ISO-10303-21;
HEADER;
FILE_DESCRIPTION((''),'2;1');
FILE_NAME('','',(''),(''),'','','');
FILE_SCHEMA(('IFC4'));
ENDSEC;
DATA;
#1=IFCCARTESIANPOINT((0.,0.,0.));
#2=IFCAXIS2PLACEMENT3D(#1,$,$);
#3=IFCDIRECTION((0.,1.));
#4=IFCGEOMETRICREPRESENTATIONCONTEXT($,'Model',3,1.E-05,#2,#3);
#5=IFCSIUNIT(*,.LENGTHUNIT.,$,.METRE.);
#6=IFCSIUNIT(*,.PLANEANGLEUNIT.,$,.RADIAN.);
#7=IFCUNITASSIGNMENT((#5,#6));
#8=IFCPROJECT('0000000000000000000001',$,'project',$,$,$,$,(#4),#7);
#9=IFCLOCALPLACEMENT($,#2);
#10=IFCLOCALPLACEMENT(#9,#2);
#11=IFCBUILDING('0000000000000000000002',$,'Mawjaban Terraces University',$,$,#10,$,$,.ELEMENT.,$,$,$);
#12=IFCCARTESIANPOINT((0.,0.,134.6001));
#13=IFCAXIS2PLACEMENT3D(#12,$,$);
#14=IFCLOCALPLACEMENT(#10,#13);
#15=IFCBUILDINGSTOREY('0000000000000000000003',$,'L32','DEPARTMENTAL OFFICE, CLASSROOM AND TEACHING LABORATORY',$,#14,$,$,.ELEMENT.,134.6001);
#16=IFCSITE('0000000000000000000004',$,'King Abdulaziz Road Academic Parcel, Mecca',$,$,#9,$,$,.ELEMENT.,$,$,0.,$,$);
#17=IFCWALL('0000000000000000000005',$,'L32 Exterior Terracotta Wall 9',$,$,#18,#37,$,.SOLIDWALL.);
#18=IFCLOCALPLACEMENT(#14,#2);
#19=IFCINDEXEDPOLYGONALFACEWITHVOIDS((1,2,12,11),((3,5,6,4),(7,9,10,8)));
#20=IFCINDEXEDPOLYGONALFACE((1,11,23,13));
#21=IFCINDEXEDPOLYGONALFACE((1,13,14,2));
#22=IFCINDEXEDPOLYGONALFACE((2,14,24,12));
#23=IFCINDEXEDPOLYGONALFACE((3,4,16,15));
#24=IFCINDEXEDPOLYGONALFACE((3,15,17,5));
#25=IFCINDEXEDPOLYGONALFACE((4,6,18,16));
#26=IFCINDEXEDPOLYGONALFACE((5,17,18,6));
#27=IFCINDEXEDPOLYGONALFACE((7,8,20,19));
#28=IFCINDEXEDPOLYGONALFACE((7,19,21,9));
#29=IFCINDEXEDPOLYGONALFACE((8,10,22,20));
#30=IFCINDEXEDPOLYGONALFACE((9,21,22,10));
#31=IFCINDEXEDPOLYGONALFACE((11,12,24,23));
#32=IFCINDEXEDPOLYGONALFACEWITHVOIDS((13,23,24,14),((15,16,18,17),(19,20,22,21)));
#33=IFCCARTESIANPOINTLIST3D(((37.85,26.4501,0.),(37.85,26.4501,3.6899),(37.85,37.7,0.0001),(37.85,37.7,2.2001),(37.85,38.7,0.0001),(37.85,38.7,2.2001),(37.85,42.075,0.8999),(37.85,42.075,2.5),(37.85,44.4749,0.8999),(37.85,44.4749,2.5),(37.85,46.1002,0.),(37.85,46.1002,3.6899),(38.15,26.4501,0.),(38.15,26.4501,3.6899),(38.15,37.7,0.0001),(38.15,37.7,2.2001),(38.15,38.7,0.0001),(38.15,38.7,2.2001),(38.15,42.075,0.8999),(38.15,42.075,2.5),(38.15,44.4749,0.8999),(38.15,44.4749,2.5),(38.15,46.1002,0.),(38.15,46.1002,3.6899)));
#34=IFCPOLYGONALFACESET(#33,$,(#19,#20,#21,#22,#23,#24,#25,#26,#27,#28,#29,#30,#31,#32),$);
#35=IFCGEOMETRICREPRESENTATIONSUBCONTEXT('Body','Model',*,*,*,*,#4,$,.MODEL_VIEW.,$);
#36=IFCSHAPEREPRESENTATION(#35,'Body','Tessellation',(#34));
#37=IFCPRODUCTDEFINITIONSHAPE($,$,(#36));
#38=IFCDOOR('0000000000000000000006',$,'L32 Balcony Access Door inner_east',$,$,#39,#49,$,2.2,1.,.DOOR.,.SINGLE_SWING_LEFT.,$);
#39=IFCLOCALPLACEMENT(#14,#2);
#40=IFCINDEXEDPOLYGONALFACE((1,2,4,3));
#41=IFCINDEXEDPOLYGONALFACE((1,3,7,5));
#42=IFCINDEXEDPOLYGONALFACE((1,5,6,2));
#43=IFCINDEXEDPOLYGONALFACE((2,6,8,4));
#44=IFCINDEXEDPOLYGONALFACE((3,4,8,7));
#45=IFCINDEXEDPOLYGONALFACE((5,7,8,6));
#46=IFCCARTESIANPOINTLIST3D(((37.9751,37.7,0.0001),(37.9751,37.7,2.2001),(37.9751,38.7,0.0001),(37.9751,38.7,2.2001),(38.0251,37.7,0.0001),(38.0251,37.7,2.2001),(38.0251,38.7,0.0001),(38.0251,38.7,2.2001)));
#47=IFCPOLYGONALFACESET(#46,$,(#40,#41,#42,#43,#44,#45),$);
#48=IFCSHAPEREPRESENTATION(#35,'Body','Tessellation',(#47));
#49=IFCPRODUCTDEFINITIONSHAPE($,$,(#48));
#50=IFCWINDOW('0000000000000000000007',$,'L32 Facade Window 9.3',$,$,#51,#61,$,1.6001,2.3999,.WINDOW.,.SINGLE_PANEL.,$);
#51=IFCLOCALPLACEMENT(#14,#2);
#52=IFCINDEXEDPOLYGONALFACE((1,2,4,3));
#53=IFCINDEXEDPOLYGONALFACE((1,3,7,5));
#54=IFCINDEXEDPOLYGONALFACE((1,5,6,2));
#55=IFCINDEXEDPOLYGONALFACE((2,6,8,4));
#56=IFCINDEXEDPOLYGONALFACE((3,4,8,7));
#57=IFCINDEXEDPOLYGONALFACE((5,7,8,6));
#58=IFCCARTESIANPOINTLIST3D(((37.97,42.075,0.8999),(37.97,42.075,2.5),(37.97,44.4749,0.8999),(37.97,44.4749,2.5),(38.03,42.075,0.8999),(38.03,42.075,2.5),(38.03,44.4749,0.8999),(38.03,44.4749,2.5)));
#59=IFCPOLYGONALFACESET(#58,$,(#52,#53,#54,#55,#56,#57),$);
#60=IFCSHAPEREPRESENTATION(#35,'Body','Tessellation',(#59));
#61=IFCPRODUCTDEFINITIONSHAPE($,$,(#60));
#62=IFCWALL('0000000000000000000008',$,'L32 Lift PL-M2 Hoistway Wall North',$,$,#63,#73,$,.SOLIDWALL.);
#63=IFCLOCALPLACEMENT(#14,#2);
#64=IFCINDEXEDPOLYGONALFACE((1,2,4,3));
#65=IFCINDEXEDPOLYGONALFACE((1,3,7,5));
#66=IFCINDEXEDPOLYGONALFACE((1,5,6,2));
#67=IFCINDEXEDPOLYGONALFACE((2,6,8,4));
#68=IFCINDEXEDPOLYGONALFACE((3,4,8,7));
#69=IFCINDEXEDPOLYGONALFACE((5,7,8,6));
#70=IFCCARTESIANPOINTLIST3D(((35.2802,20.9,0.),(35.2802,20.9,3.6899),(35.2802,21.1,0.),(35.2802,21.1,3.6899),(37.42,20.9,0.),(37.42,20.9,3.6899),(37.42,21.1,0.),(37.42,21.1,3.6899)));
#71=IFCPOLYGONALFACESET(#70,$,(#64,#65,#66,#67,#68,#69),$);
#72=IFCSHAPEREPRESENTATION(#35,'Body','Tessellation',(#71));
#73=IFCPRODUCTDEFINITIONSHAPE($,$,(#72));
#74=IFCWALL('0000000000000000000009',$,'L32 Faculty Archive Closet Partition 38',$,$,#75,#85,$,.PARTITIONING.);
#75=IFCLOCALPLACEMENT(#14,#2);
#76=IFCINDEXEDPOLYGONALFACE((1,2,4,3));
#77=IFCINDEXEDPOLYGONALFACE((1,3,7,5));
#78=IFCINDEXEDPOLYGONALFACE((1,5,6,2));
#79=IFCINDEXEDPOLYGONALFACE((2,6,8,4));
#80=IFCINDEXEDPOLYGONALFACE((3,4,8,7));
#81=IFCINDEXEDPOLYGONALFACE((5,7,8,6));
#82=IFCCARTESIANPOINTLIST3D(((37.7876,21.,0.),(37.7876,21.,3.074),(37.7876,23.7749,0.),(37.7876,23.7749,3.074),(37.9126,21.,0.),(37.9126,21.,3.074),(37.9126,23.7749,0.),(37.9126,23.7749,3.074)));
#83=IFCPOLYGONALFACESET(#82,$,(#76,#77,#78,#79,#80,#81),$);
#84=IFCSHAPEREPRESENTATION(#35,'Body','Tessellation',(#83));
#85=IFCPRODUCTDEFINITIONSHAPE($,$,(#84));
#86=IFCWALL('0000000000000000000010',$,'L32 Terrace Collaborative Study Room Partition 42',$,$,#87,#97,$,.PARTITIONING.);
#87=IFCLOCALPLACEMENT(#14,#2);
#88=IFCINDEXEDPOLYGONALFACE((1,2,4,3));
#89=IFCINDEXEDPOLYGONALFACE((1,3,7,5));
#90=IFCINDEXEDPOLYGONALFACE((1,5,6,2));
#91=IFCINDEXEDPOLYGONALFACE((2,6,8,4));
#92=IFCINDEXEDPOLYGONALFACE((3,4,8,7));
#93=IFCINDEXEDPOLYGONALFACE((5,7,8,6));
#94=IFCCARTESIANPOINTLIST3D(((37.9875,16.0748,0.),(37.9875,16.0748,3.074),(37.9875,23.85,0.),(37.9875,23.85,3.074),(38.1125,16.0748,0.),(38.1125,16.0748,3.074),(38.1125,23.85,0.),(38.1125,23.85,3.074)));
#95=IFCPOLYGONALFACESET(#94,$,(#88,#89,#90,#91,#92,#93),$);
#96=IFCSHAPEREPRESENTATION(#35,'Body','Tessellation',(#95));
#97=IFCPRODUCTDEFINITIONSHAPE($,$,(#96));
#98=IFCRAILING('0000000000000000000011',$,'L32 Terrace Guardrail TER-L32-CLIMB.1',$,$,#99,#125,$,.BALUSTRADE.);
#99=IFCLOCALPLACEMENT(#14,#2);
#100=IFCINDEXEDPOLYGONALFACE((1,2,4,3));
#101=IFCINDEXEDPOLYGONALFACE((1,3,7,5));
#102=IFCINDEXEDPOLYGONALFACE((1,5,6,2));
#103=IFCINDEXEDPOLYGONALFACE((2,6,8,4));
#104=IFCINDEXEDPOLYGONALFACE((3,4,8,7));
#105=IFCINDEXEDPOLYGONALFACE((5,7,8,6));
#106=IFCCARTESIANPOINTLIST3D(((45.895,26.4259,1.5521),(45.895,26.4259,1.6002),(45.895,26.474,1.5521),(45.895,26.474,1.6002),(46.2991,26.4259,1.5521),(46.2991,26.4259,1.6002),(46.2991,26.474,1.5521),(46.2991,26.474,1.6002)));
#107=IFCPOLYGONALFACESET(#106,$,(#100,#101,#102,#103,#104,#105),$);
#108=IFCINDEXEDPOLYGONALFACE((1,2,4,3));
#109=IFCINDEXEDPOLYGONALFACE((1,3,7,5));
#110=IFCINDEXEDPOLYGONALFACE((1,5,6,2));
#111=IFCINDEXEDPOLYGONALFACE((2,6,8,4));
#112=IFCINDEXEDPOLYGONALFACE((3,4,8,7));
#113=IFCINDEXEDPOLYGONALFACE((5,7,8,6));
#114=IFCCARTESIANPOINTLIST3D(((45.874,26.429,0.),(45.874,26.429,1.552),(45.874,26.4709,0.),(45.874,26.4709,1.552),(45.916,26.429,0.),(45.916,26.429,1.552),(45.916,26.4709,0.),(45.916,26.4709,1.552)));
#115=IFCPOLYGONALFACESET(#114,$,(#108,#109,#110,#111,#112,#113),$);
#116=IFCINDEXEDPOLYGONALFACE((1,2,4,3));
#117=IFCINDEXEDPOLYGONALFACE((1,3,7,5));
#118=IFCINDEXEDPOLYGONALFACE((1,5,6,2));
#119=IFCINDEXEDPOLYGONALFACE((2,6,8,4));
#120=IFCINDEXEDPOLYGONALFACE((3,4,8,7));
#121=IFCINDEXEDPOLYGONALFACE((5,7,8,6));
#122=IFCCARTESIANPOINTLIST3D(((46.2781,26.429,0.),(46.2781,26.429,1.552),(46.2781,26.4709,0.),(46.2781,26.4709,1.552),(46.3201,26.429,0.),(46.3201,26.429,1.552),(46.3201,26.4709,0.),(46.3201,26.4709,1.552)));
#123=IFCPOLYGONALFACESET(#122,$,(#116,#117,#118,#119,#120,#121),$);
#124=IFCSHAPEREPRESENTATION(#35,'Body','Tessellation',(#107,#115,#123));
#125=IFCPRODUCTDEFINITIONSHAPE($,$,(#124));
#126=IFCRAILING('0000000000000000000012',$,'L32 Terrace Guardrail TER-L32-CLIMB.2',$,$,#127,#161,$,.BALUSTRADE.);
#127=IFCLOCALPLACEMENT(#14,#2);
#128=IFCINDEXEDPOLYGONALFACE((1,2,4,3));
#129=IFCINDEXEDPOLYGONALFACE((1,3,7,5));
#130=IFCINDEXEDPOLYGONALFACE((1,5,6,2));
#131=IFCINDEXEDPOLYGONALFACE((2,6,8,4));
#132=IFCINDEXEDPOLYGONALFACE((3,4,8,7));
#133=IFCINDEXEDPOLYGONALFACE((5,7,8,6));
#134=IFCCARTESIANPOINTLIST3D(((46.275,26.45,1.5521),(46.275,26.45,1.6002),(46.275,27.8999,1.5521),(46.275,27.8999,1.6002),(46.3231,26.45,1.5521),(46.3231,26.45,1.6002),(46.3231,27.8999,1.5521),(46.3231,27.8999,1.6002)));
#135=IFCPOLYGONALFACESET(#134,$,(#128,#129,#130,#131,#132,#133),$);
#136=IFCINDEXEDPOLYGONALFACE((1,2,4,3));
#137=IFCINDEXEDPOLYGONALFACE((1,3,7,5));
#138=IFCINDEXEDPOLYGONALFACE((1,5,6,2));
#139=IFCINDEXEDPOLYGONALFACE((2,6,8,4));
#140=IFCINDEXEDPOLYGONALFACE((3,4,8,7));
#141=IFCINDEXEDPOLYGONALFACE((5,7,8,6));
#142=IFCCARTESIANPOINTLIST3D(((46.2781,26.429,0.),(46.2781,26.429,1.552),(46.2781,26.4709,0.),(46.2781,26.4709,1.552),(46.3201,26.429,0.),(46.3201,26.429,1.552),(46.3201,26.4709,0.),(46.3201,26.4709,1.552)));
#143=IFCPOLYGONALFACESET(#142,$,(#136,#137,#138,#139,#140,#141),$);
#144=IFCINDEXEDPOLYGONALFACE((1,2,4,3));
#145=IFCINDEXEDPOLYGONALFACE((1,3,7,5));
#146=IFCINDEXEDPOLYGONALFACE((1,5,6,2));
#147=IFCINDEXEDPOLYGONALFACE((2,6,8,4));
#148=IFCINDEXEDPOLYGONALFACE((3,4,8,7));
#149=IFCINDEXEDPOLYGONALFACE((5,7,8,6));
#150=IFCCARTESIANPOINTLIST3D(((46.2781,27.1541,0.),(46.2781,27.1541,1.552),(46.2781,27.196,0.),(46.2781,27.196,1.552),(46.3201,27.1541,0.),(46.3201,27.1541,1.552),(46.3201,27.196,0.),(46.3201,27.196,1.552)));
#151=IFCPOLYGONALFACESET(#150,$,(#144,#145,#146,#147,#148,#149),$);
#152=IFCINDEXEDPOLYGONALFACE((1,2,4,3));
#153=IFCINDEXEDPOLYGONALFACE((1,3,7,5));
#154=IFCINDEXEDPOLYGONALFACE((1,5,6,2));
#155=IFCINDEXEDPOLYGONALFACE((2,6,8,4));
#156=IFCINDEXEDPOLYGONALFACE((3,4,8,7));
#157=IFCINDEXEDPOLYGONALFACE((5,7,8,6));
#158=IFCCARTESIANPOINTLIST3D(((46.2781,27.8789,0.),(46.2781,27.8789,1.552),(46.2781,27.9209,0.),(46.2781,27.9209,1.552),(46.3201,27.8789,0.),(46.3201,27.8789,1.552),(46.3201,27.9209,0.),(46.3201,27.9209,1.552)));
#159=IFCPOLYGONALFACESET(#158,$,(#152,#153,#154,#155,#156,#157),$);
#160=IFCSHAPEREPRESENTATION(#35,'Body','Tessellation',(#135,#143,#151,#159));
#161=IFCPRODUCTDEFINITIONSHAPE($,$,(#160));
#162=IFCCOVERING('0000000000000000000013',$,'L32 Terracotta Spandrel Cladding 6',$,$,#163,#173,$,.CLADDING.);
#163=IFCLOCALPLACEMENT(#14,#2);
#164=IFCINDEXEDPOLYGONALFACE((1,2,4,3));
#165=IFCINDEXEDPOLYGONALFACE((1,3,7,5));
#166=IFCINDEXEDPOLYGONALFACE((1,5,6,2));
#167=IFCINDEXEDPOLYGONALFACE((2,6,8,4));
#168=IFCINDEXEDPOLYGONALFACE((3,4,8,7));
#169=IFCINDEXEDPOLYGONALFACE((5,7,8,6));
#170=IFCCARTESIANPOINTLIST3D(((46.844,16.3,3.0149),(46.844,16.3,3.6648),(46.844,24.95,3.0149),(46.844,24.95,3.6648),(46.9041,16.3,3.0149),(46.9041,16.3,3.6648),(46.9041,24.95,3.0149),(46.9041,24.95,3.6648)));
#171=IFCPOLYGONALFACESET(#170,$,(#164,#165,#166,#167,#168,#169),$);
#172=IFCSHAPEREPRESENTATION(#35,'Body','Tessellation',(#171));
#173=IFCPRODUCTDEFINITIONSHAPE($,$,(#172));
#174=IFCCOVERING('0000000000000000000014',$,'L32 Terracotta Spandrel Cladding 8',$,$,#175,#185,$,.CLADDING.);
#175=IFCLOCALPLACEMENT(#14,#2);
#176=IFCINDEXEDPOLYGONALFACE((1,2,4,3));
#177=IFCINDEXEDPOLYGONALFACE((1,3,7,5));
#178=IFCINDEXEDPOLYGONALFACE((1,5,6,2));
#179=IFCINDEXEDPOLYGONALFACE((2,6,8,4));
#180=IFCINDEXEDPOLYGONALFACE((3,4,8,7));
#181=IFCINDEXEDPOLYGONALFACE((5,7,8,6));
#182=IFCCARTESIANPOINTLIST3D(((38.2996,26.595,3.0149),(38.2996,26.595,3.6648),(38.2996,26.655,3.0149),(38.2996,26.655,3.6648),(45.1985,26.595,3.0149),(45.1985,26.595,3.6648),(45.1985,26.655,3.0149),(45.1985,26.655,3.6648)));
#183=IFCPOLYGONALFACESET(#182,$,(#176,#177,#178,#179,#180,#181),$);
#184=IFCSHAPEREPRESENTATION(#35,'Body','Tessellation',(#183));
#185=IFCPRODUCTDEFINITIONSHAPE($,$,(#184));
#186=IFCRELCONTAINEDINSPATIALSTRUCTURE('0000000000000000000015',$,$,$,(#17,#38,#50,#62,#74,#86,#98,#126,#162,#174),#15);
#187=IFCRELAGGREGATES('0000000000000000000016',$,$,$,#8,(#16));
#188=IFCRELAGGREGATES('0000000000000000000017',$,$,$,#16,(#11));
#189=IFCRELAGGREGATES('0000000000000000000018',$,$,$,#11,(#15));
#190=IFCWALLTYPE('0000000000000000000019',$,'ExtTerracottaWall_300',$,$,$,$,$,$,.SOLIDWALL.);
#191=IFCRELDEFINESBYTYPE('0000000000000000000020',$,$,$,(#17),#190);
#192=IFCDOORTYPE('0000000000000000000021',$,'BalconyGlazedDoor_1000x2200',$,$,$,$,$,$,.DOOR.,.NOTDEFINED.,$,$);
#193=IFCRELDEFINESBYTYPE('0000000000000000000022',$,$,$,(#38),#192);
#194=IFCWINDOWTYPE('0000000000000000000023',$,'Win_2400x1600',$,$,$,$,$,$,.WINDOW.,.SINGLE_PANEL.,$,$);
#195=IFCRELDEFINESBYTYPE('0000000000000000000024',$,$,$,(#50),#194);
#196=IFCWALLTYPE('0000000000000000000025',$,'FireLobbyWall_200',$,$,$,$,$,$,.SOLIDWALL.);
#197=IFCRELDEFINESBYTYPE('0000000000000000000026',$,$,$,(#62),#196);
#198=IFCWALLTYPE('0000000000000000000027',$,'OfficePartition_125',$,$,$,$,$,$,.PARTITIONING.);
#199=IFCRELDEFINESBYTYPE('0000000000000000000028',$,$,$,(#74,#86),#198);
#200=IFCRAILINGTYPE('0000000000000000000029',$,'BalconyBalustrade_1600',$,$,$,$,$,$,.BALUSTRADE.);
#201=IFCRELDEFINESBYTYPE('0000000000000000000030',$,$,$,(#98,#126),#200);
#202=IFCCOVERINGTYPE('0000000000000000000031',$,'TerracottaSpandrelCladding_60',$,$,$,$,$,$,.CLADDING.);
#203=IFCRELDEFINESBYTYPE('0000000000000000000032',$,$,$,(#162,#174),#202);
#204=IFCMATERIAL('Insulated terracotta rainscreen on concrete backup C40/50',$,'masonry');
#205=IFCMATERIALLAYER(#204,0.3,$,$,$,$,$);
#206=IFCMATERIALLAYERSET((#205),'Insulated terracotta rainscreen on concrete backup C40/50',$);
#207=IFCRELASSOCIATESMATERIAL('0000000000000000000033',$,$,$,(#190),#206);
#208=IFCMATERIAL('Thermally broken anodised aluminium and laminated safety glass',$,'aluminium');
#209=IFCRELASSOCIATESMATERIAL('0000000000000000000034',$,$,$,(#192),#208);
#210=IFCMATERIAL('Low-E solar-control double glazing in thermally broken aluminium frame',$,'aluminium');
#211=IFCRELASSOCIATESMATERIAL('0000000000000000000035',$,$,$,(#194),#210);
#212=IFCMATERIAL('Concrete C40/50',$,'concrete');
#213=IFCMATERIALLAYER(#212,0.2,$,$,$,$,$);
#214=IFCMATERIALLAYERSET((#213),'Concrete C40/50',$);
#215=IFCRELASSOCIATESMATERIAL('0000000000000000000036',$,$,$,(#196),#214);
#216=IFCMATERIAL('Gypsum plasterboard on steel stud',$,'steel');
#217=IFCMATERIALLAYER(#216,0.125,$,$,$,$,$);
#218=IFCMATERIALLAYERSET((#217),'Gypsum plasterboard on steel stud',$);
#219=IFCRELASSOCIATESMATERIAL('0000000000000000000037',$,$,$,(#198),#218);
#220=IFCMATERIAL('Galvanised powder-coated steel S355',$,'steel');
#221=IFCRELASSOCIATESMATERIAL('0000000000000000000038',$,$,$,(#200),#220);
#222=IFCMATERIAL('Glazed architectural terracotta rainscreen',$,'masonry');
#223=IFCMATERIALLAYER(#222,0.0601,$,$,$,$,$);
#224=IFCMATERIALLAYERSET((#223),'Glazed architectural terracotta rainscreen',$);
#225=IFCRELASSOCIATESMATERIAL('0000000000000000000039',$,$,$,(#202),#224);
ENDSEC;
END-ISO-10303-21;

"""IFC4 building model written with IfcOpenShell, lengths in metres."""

from ifc_helpers import new_model, si_unit, direction, frame, frame_2d, origin, origin_2d, place, context, subcontext, project, spatial, rectangle, extrude, material, layer, layer_set, type_object, element, fill, save


model = new_model("IFC4")

# Units and contexts
model_context = context("Model", 3, precision=1e-05, world=origin(), true_north=direction((0.0, 1.0)))
body_context = subcontext(model_context, "Body", "Model", "MODEL_VIEW")
ifc_project = project(units=[si_unit("LENGTHUNIT", "METRE"), si_unit("PLANEANGLEUNIT", "RADIAN")], contexts=[model_context])

# Site, building, storey
site_placement = place(None, origin())
site = spatial("IfcSite", under=ifc_project, at=site_placement, Name="King Abdulaziz Road Academic Parcel, Mecca", CompositionType="ELEMENT", RefElevation=0.0)
building_placement = place(site_placement, origin())
building = spatial("IfcBuilding", under=site, at=building_placement, Name="Mawjaban Terraces University", CompositionType="ELEMENT")
storey_placement = place(building_placement, frame((0.0, 0.0, 134.6001)))
storey = spatial("IfcBuildingStorey", under=building, at=storey_placement, Name="L32", Description="DEPARTMENTAL OFFICE, CLASSROOM AND TEACHING LABORATORY", CompositionType="ELEMENT", Elevation=134.6001)

# Shared definitions
ifc_material_1 = material(Name="Insulated terracotta rainscreen on concrete backup C40/50", Category="masonry")
ifc_layer_1 = layer(ifc_material_1, 0.3)
ifc_layer_set_1 = layer_set([ifc_layer_1], Name="Insulated terracotta rainscreen on concrete backup C40/50")
wall_type_1 = type_object("IfcWallType", Name="ExtTerracottaWall_300", PredefinedType="SOLIDWALL", material=ifc_layer_set_1)

# Shared definitions
ifc_material_2 = material(Name="Thermally broken anodised aluminium and laminated safety glass", Category="aluminium")

# Wall, openings, door, window
wall_1_placement = place(storey_placement, frame((38.0, 26.45, 0.0), z_axis=(0.0, 0.0, 1.0), x_axis=(0.0, 1.0, 0.0)))
wall_1 = element("IfcWall", 1, at=wall_1_placement, inside=storey, type_object=wall_type_1, Name="L32 Exterior Terracotta Wall 9", PredefinedType="SOLIDWALL", context=body_context, shape_type="SweptSolid", body=[
    extrude(rectangle(XDim=19.6501, YDim=0.3, at=frame_2d((9.8252, 0.0))), origin(), (0.0, 0.0, 1.0), 3.6899),
])
opening_1_placement = place(wall_1_placement, frame((11.25, 0.0, 0.0)))
opening_1 = element("IfcOpeningElement", 2, at=opening_1_placement, cuts=wall_1, PredefinedType="OPENING", context=body_context, shape_type="SweptSolid", body=[
    extrude(rectangle(XDim=1.0, YDim=2.2, at=frame_2d((0.5, 1.1001))), frame((0.0, 0.1599, 0.0), z_axis=(0.0, -1.0, 0.0), x_axis=(1.0, 0.0, 0.0)), (0.0, 0.0, 1.0), 0.3201),
])
opening_2_placement = place(wall_1_placement, frame((15.625, 0.0, 0.8999)))
opening_2 = element("IfcOpeningElement", 3, at=opening_2_placement, cuts=wall_1, PredefinedType="OPENING", context=body_context, shape_type="SweptSolid", body=[
    extrude(rectangle(XDim=2.3999, YDim=1.6001, at=frame_2d((1.2, 0.8))), frame((0.0, 0.1599, 0.0), z_axis=(0.0, -1.0, 0.0), x_axis=(1.0, 0.0, 0.0)), (0.0, 0.0, 1.0), 0.3201),
])
door_type_1 = type_object("IfcDoorType", Name="BalconyGlazedDoor_1000x2200", OperationType="NOTDEFINED", PredefinedType="DOOR", material=ifc_material_2)
door_1_placement = place(opening_1_placement, origin())
door_1 = element("IfcDoor", 4, at=door_1_placement, inside=storey, type_object=door_type_1, Name="L32 Balcony Access Door inner_east", OperationType="SINGLE_SWING_LEFT", OverallHeight=2.2, OverallWidth=1.0, PredefinedType="DOOR", context=body_context, shape_type="SweptSolid", body=[
    extrude(rectangle(XDim=1.0, YDim=2.2, at=frame_2d((0.5, 1.1001))), frame((0.0, 0.0249, 0.0), z_axis=(0.0, -1.0, 0.0), x_axis=(1.0, 0.0, 0.0)), (0.0, 0.0, 1.0), 0.05),
])
fill(opening_1, door_1)
ifc_material_3 = material(Name="Low-E solar-control double glazing in thermally broken aluminium frame", Category="aluminium")
window_type = type_object("IfcWindowType", Name="Win_2400x1600", PartitioningType="SINGLE_PANEL", PredefinedType="WINDOW", material=ifc_material_3)
window_placement = place(opening_2_placement, origin())
window = element("IfcWindow", 5, at=window_placement, inside=storey, type_object=window_type, Name="L32 Facade Window 9.3", OverallHeight=1.6001, OverallWidth=2.3999, PartitioningType="SINGLE_PANEL", PredefinedType="WINDOW", context=body_context, shape_type="SweptSolid", body=[
    extrude(rectangle(XDim=2.3999, YDim=1.6001, at=frame_2d((1.2, 0.8))), frame((0.0, 0.03, 0.0), z_axis=(0.0, -1.0, 0.0), x_axis=(1.0, 0.0, 0.0)), (0.0, 0.0, 1.0), 0.0601),
])
fill(opening_2, window)

# Walls
ifc_material_4 = material(Name="Concrete C40/50", Category="concrete")
ifc_layer_2 = layer(ifc_material_4, 0.2)
ifc_layer_set_2 = layer_set([ifc_layer_2], Name="Concrete C40/50")
wall_type_2 = type_object("IfcWallType", Name="FireLobbyWall_200", PredefinedType="SOLIDWALL", material=ifc_layer_set_2)
wall_2_placement = place(storey_placement, frame((37.4199, 21.0, 0.0), z_axis=(0.0, 0.0, 1.0), x_axis=(-1.0, 0.0, 0.0)))
element("IfcWall", 6, at=wall_2_placement, inside=storey, type_object=wall_type_2, Name="L32 Lift PL-M2 Hoistway Wall North", PredefinedType="SOLIDWALL", context=body_context, shape_type="SweptSolid", body=[
    extrude(rectangle(XDim=2.1399, YDim=0.2, at=frame_2d((1.0698, 0.0))), origin(), (0.0, 0.0, 1.0), 3.6899),
])
ifc_material_5 = material(Name="Gypsum plasterboard on steel stud", Category="steel")
ifc_layer_3 = layer(ifc_material_5, 0.125)
ifc_layer_set_3 = layer_set([ifc_layer_3], Name="Gypsum plasterboard on steel stud")
wall_type_3 = type_object("IfcWallType", Name="OfficePartition_125", PredefinedType="PARTITIONING", material=ifc_layer_set_3)
wall_3_placement = place(storey_placement, frame((37.8501, 21.0, 0.0), z_axis=(0.0, 0.0, 1.0), x_axis=(0.0, 1.0, 0.0)))
element("IfcWall", 7, at=wall_3_placement, inside=storey, type_object=wall_type_3, Name="L32 Faculty Archive Closet Partition 38", PredefinedType="PARTITIONING", context=body_context, shape_type="SweptSolid", body=[
    extrude(rectangle(XDim=2.7749, YDim=0.125, at=frame_2d((1.3875, 0.0))), origin(), (0.0, 0.0, 1.0), 3.074),
])
wall_4_placement = place(storey_placement, frame((38.05, 23.8501, 0.0), z_axis=(0.0, 0.0, 1.0), x_axis=(0.0, -1.0, 0.0)))
element("IfcWall", 8, at=wall_4_placement, inside=storey, type_object=wall_type_3, Name="L32 Terrace Collaborative Study Room Partition 42", PredefinedType="PARTITIONING", context=body_context, shape_type="SweptSolid", body=[
    extrude(rectangle(XDim=7.7751, YDim=0.125, at=frame_2d((3.8877, 0.0))), origin(), (0.0, 0.0, 1.0), 3.074),
])

# Railings
ifc_material_6 = material(Name="Galvanised powder-coated steel S355", Category="steel")
railing_type = type_object("IfcRailingType", Name="BalconyBalustrade_1600", PredefinedType="BALUSTRADE", material=ifc_material_6)
railing_1_placement = place(storey_placement, frame((45.895, 26.45, 0.0)))
element("IfcRailing", 9, at=railing_1_placement, inside=storey, type_object=railing_type, Name="L32 Terrace Guardrail TER-L32-CLIMB.1", PredefinedType="BALUSTRADE", context=body_context, shape_type="SweptSolid", body=[
    extrude(rectangle(XDim=0.0481, YDim=0.0481, at=origin_2d()), frame((0.0, 0.0, 1.5762), z_axis=(1.0, 0.0, 0.0), x_axis=(0.0, 1.0, 0.0)), (0.0, 0.0, 1.0), 0.4041),
    extrude(rectangle(XDim=0.042, YDim=0.042, at=origin_2d()), origin(), (0.0, 0.0, 1.0), 1.552),
    extrude(rectangle(XDim=0.042, YDim=0.042, at=origin_2d()), frame((0.4041, 0.0, 0.0)), (0.0, 0.0, 1.0), 1.552),
])
railing_2_placement = place(storey_placement, frame((46.2991, 26.45, 0.0)))
element("IfcRailing", 10, at=railing_2_placement, inside=storey, type_object=railing_type, Name="L32 Terrace Guardrail TER-L32-CLIMB.2", PredefinedType="BALUSTRADE", context=body_context, shape_type="SweptSolid", body=[
    extrude(rectangle(XDim=0.0481, YDim=0.0481, at=origin_2d()), frame((0.0, 0.0, 1.5762), z_axis=(0.0, 1.0, 0.0), x_axis=(-1.0, 0.0, 0.0)), (0.0, 0.0, 1.0), 1.45),
    extrude(rectangle(XDim=0.042, YDim=0.042, at=origin_2d()), origin(), (0.0, 0.0, 1.0), 1.552),
    extrude(rectangle(XDim=0.042, YDim=0.042, at=origin_2d()), frame((0.0, 0.7251, 0.0)), (0.0, 0.0, 1.0), 1.552),
    extrude(rectangle(XDim=0.042, YDim=0.042, at=origin_2d()), frame((0.0, 1.45, 0.0)), (0.0, 0.0, 1.0), 1.552),
])

# Coverings
ifc_material_7 = material(Name="Glazed architectural terracotta rainscreen", Category="masonry")
ifc_layer_4 = layer(ifc_material_7, 0.0601)
ifc_layer_set_4 = layer_set([ifc_layer_4], Name="Glazed architectural terracotta rainscreen")
covering_type = type_object("IfcCoveringType", Name="TerracottaSpandrelCladding_60", PredefinedType="CLADDING", material=ifc_layer_set_4)
covering_1_placement = place(storey_placement, frame((46.874, 20.625, 3.0149), z_axis=(0.0, 0.0, 1.0), x_axis=(0.0, 1.0, 0.0)))
element("IfcCovering", 11, at=covering_1_placement, inside=storey, type_object=covering_type, Name="L32 Terracotta Spandrel Cladding 6", PredefinedType="CLADDING", context=body_context, shape_type="SweptSolid", body=[
    extrude(rectangle(XDim=8.6499, YDim=0.0601, at=origin_2d()), origin(), (0.0, 0.0, 1.0), 0.6499),
])
covering_2_placement = place(storey_placement, frame((41.749, 26.625, 3.0149), z_axis=(0.0, 0.0, 1.0), x_axis=(-1.0, 0.0, 0.0)))
element("IfcCovering", 12, at=covering_2_placement, inside=storey, type_object=covering_type, Name="L32 Terracotta Spandrel Cladding 8", PredefinedType="CLADDING", context=body_context, shape_type="SweptSolid", body=[
    extrude(rectangle(XDim=6.8989, YDim=0.0601, at=origin_2d()), origin(), (0.0, 0.0, 1.0), 0.6499),
])

save(model, "model.ifc")
